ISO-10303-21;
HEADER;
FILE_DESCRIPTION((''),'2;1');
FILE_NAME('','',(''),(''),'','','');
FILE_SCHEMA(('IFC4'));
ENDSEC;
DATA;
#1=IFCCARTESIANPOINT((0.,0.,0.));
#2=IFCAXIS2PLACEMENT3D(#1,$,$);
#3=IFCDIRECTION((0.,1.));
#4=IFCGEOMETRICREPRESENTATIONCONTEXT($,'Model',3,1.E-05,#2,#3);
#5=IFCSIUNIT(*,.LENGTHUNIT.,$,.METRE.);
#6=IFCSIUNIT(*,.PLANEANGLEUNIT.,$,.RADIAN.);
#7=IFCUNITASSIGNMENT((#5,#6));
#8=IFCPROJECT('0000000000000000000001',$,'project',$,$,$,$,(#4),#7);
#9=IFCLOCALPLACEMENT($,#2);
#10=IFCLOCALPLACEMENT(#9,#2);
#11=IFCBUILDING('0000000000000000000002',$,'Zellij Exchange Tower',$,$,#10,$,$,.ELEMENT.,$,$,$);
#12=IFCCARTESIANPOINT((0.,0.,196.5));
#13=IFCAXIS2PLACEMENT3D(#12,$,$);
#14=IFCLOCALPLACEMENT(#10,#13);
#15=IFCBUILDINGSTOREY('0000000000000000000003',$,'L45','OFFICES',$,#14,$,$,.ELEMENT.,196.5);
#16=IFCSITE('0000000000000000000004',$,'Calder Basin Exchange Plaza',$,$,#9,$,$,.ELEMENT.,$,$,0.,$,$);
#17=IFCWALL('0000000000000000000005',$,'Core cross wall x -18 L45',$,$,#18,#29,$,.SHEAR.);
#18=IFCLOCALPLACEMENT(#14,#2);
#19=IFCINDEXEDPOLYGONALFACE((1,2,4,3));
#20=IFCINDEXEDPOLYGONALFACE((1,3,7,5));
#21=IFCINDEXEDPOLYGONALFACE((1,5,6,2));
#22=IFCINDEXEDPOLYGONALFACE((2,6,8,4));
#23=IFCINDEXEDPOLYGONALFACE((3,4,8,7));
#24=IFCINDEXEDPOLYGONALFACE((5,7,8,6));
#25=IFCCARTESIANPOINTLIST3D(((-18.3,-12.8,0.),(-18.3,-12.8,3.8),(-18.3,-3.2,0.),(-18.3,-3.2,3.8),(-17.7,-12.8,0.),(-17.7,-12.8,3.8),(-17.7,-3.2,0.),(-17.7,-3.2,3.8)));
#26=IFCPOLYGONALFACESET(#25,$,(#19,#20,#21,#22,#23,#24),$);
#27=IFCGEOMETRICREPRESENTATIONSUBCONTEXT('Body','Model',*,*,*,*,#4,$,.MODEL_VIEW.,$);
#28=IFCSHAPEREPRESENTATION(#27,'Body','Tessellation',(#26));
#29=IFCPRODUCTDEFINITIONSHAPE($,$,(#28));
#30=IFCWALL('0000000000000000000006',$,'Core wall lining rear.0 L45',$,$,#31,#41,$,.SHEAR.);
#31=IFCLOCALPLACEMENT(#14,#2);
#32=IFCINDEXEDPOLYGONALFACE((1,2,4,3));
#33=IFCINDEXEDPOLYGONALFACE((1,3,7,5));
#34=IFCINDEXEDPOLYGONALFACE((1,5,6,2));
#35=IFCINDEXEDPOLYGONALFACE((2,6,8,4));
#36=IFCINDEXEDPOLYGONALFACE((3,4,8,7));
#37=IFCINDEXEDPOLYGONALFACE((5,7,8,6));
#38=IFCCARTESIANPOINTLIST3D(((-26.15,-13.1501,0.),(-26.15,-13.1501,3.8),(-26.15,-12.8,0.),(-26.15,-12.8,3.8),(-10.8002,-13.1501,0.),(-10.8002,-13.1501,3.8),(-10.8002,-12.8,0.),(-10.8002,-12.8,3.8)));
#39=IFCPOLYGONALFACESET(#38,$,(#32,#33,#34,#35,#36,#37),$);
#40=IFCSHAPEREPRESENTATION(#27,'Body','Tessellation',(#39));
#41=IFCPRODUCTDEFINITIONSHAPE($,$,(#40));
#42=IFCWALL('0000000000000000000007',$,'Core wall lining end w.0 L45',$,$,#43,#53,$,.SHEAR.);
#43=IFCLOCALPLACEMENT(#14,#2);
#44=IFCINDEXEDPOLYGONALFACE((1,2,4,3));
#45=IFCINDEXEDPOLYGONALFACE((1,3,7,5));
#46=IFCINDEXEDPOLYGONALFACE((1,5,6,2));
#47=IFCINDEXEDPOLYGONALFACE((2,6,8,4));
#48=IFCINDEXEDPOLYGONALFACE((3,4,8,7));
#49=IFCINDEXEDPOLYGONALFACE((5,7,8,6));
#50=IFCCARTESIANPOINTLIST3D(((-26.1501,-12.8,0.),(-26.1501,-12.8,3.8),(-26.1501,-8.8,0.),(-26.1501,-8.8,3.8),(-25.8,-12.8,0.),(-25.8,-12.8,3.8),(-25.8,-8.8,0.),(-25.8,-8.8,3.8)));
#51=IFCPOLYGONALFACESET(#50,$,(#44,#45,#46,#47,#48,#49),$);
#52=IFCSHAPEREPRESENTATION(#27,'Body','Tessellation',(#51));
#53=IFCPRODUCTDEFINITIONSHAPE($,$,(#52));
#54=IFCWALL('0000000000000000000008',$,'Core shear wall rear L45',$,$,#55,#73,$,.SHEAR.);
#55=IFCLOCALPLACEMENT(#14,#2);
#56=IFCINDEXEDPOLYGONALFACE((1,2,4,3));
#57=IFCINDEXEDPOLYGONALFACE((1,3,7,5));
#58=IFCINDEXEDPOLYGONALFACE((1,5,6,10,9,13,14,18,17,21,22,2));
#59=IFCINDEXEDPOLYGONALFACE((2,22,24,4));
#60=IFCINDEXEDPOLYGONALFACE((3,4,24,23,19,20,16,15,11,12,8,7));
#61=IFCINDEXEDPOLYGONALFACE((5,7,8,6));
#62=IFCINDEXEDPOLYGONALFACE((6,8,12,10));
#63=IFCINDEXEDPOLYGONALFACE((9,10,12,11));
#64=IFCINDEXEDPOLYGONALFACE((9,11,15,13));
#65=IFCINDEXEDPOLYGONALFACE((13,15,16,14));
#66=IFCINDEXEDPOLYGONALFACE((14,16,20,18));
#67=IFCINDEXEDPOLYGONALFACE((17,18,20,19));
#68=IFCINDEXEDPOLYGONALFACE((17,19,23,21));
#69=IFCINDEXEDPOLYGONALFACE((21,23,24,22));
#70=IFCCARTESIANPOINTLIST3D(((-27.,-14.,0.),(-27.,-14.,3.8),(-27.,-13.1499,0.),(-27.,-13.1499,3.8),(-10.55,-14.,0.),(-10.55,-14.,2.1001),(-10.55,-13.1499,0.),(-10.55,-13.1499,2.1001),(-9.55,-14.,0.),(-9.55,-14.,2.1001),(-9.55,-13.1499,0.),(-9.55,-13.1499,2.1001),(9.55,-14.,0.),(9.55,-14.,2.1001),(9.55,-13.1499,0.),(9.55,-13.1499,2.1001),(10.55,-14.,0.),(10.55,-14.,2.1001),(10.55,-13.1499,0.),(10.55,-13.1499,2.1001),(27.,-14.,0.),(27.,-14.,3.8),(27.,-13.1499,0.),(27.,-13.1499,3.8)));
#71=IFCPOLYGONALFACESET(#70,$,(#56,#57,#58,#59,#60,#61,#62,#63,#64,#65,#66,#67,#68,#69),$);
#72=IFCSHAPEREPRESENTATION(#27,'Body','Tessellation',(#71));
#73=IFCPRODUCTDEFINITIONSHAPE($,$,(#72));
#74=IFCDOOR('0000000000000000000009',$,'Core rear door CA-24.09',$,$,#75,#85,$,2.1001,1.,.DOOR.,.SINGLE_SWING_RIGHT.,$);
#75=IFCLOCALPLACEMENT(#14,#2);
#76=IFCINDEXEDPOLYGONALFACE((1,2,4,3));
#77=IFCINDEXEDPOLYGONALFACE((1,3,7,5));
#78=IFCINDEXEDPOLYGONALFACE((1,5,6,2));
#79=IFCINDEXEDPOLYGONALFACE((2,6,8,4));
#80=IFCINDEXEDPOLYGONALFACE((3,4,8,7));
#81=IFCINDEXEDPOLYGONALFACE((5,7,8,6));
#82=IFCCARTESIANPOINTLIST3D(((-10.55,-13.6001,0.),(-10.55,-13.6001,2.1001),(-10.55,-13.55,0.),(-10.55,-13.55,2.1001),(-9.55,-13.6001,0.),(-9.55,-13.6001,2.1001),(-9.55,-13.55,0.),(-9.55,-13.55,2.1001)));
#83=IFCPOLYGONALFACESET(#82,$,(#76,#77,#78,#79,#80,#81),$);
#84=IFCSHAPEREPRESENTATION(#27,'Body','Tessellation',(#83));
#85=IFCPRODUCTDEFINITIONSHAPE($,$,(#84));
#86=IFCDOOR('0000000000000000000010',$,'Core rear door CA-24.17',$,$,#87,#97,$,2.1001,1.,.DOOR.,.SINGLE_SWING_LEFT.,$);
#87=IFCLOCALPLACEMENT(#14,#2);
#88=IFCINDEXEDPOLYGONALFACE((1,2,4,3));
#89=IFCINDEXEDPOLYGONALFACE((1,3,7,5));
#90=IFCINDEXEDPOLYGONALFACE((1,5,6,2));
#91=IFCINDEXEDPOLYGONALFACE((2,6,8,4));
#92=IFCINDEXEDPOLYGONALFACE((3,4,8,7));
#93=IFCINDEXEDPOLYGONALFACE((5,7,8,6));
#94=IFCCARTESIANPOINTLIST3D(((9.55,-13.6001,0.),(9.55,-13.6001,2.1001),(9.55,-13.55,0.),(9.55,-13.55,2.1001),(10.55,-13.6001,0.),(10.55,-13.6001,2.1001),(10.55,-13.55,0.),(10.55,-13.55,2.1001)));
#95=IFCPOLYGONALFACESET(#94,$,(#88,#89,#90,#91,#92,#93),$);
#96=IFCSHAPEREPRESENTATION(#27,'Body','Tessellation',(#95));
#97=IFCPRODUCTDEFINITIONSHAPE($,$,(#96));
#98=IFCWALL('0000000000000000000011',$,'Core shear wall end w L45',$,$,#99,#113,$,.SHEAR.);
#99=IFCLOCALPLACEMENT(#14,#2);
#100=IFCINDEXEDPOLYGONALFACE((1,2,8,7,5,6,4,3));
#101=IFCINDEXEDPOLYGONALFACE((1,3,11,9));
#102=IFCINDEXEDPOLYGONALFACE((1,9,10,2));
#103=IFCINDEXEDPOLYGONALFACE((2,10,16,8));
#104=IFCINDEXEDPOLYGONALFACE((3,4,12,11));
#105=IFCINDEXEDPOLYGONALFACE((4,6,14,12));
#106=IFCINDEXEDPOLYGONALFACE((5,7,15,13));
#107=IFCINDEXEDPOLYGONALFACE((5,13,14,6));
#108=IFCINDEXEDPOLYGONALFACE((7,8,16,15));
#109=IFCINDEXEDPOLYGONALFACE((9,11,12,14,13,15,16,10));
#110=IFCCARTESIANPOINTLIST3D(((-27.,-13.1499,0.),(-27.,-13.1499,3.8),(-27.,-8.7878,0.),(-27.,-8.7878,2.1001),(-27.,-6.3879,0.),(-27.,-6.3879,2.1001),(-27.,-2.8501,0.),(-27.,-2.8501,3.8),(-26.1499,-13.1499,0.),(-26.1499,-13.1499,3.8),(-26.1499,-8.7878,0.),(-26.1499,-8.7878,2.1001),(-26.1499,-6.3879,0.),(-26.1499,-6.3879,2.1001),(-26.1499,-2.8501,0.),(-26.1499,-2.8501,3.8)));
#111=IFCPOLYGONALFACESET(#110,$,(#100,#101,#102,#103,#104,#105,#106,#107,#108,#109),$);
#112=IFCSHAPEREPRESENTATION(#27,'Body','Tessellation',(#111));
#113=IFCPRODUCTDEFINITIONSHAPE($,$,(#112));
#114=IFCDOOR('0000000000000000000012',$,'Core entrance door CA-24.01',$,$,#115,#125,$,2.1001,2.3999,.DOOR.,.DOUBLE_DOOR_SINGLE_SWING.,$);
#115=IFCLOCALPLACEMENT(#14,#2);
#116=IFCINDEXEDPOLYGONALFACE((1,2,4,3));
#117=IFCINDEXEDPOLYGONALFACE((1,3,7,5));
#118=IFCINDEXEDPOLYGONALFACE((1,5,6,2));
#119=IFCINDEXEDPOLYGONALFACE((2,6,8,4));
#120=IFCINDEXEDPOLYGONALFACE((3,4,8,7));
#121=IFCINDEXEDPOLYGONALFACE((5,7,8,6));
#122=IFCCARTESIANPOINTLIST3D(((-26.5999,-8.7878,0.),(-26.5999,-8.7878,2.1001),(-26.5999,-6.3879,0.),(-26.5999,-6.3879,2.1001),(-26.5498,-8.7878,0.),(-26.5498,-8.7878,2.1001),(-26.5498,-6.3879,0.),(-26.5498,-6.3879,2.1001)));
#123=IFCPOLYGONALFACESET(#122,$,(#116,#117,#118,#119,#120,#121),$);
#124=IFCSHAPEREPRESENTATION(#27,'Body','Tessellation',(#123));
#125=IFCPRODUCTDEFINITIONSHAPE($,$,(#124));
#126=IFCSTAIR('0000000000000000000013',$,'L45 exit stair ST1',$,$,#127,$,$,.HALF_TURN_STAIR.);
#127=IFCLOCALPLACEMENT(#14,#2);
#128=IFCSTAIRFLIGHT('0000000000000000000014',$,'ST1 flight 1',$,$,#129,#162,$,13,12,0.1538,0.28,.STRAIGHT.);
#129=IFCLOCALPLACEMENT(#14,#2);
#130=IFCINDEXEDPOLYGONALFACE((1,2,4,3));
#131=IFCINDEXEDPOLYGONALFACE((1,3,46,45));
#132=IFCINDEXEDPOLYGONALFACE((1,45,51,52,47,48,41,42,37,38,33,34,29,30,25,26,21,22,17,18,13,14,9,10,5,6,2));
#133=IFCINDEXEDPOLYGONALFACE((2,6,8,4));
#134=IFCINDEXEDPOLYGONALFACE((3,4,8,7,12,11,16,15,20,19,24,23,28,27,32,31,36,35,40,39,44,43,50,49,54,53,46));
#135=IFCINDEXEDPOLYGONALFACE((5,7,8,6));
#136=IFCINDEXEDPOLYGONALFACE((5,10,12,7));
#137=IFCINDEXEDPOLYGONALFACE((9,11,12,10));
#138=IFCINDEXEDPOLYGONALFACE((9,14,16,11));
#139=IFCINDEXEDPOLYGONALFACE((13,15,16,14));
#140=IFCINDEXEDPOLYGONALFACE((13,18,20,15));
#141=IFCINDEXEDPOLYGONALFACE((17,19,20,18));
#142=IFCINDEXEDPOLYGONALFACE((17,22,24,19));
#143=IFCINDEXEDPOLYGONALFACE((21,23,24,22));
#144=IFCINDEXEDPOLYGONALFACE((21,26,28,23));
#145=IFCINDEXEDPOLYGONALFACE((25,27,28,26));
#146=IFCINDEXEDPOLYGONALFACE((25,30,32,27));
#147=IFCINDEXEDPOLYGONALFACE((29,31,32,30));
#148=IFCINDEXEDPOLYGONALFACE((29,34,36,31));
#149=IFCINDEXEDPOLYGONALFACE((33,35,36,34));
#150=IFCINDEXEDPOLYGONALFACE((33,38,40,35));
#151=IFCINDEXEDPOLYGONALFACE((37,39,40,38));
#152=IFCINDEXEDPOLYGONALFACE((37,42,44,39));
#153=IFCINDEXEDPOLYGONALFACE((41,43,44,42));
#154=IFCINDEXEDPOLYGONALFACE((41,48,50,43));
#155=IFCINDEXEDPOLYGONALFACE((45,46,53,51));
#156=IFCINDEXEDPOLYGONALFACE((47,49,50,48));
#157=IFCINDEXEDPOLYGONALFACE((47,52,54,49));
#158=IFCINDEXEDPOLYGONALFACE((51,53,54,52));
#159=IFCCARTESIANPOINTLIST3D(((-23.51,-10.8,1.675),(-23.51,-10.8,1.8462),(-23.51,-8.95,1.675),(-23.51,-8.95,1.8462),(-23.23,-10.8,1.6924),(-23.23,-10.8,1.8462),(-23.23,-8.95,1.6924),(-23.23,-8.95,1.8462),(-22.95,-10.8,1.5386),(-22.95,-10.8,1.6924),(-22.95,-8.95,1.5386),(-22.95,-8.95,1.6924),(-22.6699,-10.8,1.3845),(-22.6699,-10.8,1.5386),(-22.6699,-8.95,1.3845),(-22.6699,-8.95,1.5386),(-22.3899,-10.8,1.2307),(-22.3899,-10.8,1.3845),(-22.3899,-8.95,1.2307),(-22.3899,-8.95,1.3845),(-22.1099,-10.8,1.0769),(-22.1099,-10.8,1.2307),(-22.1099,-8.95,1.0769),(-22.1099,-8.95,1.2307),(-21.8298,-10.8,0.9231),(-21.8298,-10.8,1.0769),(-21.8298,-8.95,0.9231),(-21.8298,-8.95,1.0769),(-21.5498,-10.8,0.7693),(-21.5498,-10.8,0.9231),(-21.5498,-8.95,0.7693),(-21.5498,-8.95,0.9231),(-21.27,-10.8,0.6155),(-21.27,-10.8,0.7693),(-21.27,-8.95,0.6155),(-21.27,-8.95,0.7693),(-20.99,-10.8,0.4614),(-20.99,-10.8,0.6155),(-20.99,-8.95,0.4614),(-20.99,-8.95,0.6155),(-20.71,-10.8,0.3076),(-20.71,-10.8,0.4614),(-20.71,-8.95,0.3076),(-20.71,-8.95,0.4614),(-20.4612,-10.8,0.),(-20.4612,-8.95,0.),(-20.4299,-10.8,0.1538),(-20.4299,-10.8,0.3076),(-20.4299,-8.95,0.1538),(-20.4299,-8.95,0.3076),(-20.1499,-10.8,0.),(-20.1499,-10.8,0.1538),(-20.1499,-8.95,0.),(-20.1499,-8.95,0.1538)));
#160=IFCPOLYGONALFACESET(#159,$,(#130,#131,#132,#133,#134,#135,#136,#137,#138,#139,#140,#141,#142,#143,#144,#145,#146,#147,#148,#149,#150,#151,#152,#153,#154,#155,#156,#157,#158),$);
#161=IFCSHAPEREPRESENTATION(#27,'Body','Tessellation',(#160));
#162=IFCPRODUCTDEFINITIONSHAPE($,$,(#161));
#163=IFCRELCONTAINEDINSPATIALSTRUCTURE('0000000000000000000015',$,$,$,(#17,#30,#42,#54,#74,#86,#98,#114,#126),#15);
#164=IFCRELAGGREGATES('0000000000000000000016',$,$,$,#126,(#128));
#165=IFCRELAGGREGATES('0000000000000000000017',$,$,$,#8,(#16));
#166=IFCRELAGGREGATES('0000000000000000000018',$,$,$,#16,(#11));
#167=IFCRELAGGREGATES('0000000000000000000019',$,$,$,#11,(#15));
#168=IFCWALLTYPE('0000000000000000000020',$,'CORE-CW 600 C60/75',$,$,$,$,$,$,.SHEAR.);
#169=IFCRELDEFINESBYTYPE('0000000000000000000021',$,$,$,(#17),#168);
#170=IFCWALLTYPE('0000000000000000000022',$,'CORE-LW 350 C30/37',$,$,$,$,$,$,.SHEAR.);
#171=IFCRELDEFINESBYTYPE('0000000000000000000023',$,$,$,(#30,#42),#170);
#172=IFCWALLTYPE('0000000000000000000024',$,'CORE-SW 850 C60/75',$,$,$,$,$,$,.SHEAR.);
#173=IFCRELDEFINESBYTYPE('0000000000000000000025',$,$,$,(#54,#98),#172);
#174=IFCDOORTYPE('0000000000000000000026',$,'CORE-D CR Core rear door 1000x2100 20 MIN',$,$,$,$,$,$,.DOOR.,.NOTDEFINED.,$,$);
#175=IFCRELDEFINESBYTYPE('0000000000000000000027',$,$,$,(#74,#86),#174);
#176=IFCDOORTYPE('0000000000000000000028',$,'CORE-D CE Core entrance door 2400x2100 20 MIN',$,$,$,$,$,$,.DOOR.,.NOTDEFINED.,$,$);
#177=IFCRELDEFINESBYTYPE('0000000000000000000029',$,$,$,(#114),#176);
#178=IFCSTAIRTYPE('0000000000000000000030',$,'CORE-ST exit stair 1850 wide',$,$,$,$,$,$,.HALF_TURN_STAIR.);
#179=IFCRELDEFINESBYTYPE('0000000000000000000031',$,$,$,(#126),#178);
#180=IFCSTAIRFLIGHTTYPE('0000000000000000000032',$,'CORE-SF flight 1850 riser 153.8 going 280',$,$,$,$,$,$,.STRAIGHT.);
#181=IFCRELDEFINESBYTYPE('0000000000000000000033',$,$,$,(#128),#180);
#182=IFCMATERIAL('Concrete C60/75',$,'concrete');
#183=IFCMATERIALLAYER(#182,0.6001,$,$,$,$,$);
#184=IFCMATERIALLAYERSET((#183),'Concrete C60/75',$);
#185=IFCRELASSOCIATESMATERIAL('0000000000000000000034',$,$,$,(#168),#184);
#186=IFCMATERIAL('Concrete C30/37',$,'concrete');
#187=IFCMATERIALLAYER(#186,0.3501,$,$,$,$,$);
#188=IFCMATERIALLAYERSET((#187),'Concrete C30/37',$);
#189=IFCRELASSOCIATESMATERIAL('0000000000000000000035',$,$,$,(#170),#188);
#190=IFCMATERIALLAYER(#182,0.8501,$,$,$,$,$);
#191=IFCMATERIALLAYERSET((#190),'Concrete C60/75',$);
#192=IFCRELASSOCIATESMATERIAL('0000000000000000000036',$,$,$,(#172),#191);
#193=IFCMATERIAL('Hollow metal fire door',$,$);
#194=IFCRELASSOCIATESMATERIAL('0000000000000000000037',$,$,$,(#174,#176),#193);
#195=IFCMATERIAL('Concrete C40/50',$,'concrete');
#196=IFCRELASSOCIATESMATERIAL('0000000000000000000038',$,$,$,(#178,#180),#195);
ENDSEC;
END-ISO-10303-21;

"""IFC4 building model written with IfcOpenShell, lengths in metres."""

from ifc_helpers import new_model, si_unit, direction, frame, frame_2d, origin, place, context, subcontext, project, spatial, polyline, rectangle, outline, extrude, material, layer, layer_set, type_object, element, fill, aggregate, save


model = new_model("IFC4")

# Units and contexts
model_context = context("Model", 3, precision=1e-05, world=origin(), true_north=direction((0.0, 1.0)))
body_context = subcontext(model_context, "Body", "Model", "MODEL_VIEW")
ifc_project = project(units=[si_unit("LENGTHUNIT", "METRE"), si_unit("PLANEANGLEUNIT", "RADIAN")], contexts=[model_context])

# Site, building, storey
site_placement = place(None, origin())
site = spatial("IfcSite", under=ifc_project, at=site_placement, Name="Calder Basin Exchange Plaza", CompositionType="ELEMENT", RefElevation=0.0)
building_placement = place(site_placement, origin())
building = spatial("IfcBuilding", under=site, at=building_placement, Name="Zellij Exchange Tower", CompositionType="ELEMENT")
storey_placement = place(building_placement, frame((0.0, 0.0, 196.5)))
storey = spatial("IfcBuildingStorey", under=building, at=storey_placement, Name="L45", Description="OFFICES", CompositionType="ELEMENT", Elevation=196.5)

# Walls
ifc_material_1 = material(Name="Concrete C60/75", Category="concrete")
ifc_layer_1 = layer(ifc_material_1, 0.6001)
ifc_layer_set_1 = layer_set([ifc_layer_1], Name="Concrete C60/75")
wall_type_1 = type_object("IfcWallType", Name="CORE-CW 600 C60/75", PredefinedType="SHEAR", material=ifc_layer_set_1)
wall_1_placement = place(storey_placement, frame((-18.0, -12.8, 0.0), z_axis=(0.0, 0.0, 1.0), x_axis=(0.0, 1.0, 0.0)))
element("IfcWall", 1, at=wall_1_placement, inside=storey, type_object=wall_type_1, Name="Core cross wall x -18 L45", PredefinedType="SHEAR", context=body_context, shape_type="SweptSolid", body=[
    extrude(rectangle(XDim=9.6001, YDim=0.6001, at=frame_2d((4.8, 0.0))), origin(), (0.0, 0.0, 1.0), 3.8),
])
ifc_material_2 = material(Name="Concrete C30/37", Category="concrete")
ifc_layer_2 = layer(ifc_material_2, 0.3501)
ifc_layer_set_2 = layer_set([ifc_layer_2], Name="Concrete C30/37")
wall_type_2 = type_object("IfcWallType", Name="CORE-LW 350 C30/37", PredefinedType="SHEAR", material=ifc_layer_set_2)
wall_2_placement = place(storey_placement, frame((-26.1499, -12.9751, 0.0), z_axis=(0.0, 0.0, 1.0), x_axis=(1.0, 0.0, 0.0)))
element("IfcWall", 2, at=wall_2_placement, inside=storey, type_object=wall_type_2, Name="Core wall lining rear.0 L45", PredefinedType="SHEAR", context=body_context, shape_type="SweptSolid", body=[
    extrude(rectangle(XDim=15.3499, YDim=0.3501, at=frame_2d((7.6748, 0.0))), origin(), (0.0, 0.0, 1.0), 3.8),
])
wall_3_placement = place(storey_placement, frame((-25.9751, -12.8, 0.0), z_axis=(0.0, 0.0, 1.0), x_axis=(0.0, 1.0, 0.0)))
element("IfcWall", 3, at=wall_3_placement, inside=storey, type_object=wall_type_2, Name="Core wall lining end w.0 L45", PredefinedType="SHEAR", context=body_context, shape_type="SweptSolid", body=[
    extrude(rectangle(XDim=4.0, YDim=0.3501, at=frame_2d((2.0, 0.0))), origin(), (0.0, 0.0, 1.0), 3.8),
])

# Wall, openings, doors
ifc_layer_3 = layer(ifc_material_1, 0.8501)
ifc_layer_set_3 = layer_set([ifc_layer_3], Name="Concrete C60/75")
wall_type_3 = type_object("IfcWallType", Name="CORE-SW 850 C60/75", PredefinedType="SHEAR", material=ifc_layer_set_3)
wall_4_placement = place(storey_placement, frame((-27.0, -13.575, 0.0), z_axis=(0.0, 0.0, 1.0), x_axis=(1.0, 0.0, 0.0)))
wall_4 = element("IfcWall", 4, at=wall_4_placement, inside=storey, type_object=wall_type_3, Name="Core shear wall rear L45", PredefinedType="SHEAR", context=body_context, shape_type="SweptSolid", body=[
    extrude(rectangle(XDim=54.0, YDim=0.8501, at=frame_2d((27.0, 0.0))), origin(), (0.0, 0.0, 1.0), 3.8),
])
opening_1_placement = place(wall_4_placement, frame((16.45, 0.0, 0.0)))
opening_1 = element("IfcOpeningElement", 5, at=opening_1_placement, cuts=wall_4, PredefinedType="OPENING", context=body_context, shape_type="SweptSolid", body=[
    extrude(rectangle(XDim=1.0, YDim=2.1001, at=frame_2d((0.5, 1.05))), frame((0.0, 0.437, 0.0), z_axis=(0.0, -1.0, 0.0), x_axis=(1.0, 0.0, 0.0)), (0.0, 0.0, 1.0), 0.874),
])
opening_2_placement = place(wall_4_placement, frame((36.55, 0.0, 0.0)))
opening_2 = element("IfcOpeningElement", 6, at=opening_2_placement, cuts=wall_4, PredefinedType="OPENING", context=body_context, shape_type="SweptSolid", body=[
    extrude(rectangle(XDim=1.0, YDim=2.1001, at=frame_2d((0.5, 1.05))), frame((0.0, 0.437, 0.0), z_axis=(0.0, -1.0, 0.0), x_axis=(1.0, 0.0, 0.0)), (0.0, 0.0, 1.0), 0.874),
])
ifc_material_3 = material(Name="Hollow metal fire door")
door_type_1 = type_object("IfcDoorType", Name="CORE-D CR Core rear door 1000x2100 20 MIN", OperationType="NOTDEFINED", PredefinedType="DOOR", material=ifc_material_3)
door_1_placement = place(opening_1_placement, origin())
door_1 = element("IfcDoor", 7, at=door_1_placement, inside=storey, type_object=door_type_1, Name="Core rear door CA-24.09", OperationType="SINGLE_SWING_RIGHT", OverallHeight=2.1001, OverallWidth=1.0, PredefinedType="DOOR", context=body_context, shape_type="SweptSolid", body=[
    extrude(rectangle(XDim=1.0, YDim=2.1001, at=frame_2d((0.5, 1.05))), frame((0.0, 0.0249, 0.0), z_axis=(0.0, -1.0, 0.0), x_axis=(1.0, 0.0, 0.0)), (0.0, 0.0, 1.0), 0.05),
])
fill(opening_1, door_1)
door_2_placement = place(opening_2_placement, origin())
door_2 = element("IfcDoor", 8, at=door_2_placement, inside=storey, type_object=door_type_1, Name="Core rear door CA-24.17", OperationType="SINGLE_SWING_LEFT", OverallHeight=2.1001, OverallWidth=1.0, PredefinedType="DOOR", context=body_context, shape_type="SweptSolid", body=[
    extrude(rectangle(XDim=1.0, YDim=2.1001, at=frame_2d((0.5, 1.05))), frame((0.0, 0.0249, 0.0), z_axis=(0.0, -1.0, 0.0), x_axis=(1.0, 0.0, 0.0)), (0.0, 0.0, 1.0), 0.05),
])
fill(opening_2, door_2)

# Wall, opening, door
wall_5_placement = place(storey_placement, frame((-26.575, -13.1499, 0.0), z_axis=(0.0, 0.0, 1.0), x_axis=(0.0, 1.0, 0.0)))
wall_5 = element("IfcWall", 9, at=wall_5_placement, inside=storey, type_object=wall_type_3, Name="Core shear wall end w L45", PredefinedType="SHEAR", context=body_context, shape_type="SweptSolid", body=[
    extrude(rectangle(XDim=10.2998, YDim=0.8501, at=frame_2d((5.1499, 0.0))), origin(), (0.0, 0.0, 1.0), 3.8),
])
opening_3_placement = place(wall_5_placement, frame((4.3621, 0.0, 0.0)))
opening_3 = element("IfcOpeningElement", 10, at=opening_3_placement, cuts=wall_5, PredefinedType="OPENING", context=body_context, shape_type="SweptSolid", body=[
    extrude(rectangle(XDim=2.3999, YDim=2.1001, at=frame_2d((1.2, 1.05))), frame((0.0, 0.437, 0.0), z_axis=(0.0, -1.0, 0.0), x_axis=(1.0, 0.0, 0.0)), (0.0, 0.0, 1.0), 0.874),
])
door_type_2 = type_object("IfcDoorType", Name="CORE-D CE Core entrance door 2400x2100 20 MIN", OperationType="NOTDEFINED", PredefinedType="DOOR", material=ifc_material_3)
door_3_placement = place(opening_3_placement, origin())
door_3 = element("IfcDoor", 11, at=door_3_placement, inside=storey, type_object=door_type_2, Name="Core entrance door CA-24.01", OperationType="DOUBLE_DOOR_SINGLE_SWING", OverallHeight=2.1001, OverallWidth=2.3999, PredefinedType="DOOR", context=body_context, shape_type="SweptSolid", body=[
    extrude(rectangle(XDim=2.3999, YDim=2.1001, at=frame_2d((1.2, 1.05))), frame((0.0, 0.0249, 0.0), z_axis=(0.0, -1.0, 0.0), x_axis=(1.0, 0.0, 0.0)), (0.0, 0.0, 1.0), 0.05),
])
fill(opening_3, door_3)

# Stair, stair flight
ifc_material_4 = material(Name="Concrete C40/50", Category="concrete")
stair_type = type_object("IfcStairType", Name="CORE-ST exit stair 1850 wide", PredefinedType="HALF_TURN_STAIR", material=ifc_material_4)
stair_placement = place(storey_placement, origin())
stair = element("IfcStair", 12, at=stair_placement, inside=storey, type_object=stair_type, Name="L45 exit stair ST1", PredefinedType="HALF_TURN_STAIR")
stair_flight_type = type_object("IfcStairFlightType", Name="CORE-SF flight 1850 riser 153.8 going 280", PredefinedType="STRAIGHT", material=ifc_material_4)
stair_flight_1_placement = place(storey_placement, frame((-20.1499, -9.875, 0.0), z_axis=(0.0, 0.0, 1.0), x_axis=(-1.0, 0.0, 0.0)))
stair_flight_1 = element("IfcStairFlight", 13, at=stair_flight_1_placement, type_object=stair_flight_type, Name="ST1 flight 1", NumberOfRisers=13, NumberOfTreads=12, PredefinedType="STRAIGHT", RiserHeight=0.1538, TreadLength=0.28, context=body_context, shape_type="SweptSolid", body=[
    extrude(outline(polyline([(0.0, 0.0), (0.0, 0.1538), (0.28, 0.1538), (0.28, 0.3076), (0.5601, 0.3076), (0.5601, 0.4614), (0.8401, 0.4614), (0.8401, 0.6155), (1.1201, 0.6155), (1.1201, 0.7693), (1.3999, 0.7693), (1.3999, 0.9231), (1.6799, 0.9231), (1.6799, 1.0769), (1.96, 1.0769), (1.96, 1.2307), (2.24, 1.2307), (2.24, 1.3845), (2.52, 1.3845), (2.52, 1.5386), (2.8, 1.5386), (2.8, 1.6924), (3.0801, 1.6924), (3.0801, 1.8462), (3.3601, 1.8462), (3.3601, 2.0), (3.3601, 1.675), (0.3113, 0.0), (0.0, 0.0)])), frame((0.0, 0.925, 0.0), z_axis=(0.0, -1.0, 0.0), x_axis=(1.0, 0.0, 0.0)), (0.0, 0.0, 1.0), 1.8501),
])
aggregate(stair, [stair_flight_1])

save(model, "model.ifc")
